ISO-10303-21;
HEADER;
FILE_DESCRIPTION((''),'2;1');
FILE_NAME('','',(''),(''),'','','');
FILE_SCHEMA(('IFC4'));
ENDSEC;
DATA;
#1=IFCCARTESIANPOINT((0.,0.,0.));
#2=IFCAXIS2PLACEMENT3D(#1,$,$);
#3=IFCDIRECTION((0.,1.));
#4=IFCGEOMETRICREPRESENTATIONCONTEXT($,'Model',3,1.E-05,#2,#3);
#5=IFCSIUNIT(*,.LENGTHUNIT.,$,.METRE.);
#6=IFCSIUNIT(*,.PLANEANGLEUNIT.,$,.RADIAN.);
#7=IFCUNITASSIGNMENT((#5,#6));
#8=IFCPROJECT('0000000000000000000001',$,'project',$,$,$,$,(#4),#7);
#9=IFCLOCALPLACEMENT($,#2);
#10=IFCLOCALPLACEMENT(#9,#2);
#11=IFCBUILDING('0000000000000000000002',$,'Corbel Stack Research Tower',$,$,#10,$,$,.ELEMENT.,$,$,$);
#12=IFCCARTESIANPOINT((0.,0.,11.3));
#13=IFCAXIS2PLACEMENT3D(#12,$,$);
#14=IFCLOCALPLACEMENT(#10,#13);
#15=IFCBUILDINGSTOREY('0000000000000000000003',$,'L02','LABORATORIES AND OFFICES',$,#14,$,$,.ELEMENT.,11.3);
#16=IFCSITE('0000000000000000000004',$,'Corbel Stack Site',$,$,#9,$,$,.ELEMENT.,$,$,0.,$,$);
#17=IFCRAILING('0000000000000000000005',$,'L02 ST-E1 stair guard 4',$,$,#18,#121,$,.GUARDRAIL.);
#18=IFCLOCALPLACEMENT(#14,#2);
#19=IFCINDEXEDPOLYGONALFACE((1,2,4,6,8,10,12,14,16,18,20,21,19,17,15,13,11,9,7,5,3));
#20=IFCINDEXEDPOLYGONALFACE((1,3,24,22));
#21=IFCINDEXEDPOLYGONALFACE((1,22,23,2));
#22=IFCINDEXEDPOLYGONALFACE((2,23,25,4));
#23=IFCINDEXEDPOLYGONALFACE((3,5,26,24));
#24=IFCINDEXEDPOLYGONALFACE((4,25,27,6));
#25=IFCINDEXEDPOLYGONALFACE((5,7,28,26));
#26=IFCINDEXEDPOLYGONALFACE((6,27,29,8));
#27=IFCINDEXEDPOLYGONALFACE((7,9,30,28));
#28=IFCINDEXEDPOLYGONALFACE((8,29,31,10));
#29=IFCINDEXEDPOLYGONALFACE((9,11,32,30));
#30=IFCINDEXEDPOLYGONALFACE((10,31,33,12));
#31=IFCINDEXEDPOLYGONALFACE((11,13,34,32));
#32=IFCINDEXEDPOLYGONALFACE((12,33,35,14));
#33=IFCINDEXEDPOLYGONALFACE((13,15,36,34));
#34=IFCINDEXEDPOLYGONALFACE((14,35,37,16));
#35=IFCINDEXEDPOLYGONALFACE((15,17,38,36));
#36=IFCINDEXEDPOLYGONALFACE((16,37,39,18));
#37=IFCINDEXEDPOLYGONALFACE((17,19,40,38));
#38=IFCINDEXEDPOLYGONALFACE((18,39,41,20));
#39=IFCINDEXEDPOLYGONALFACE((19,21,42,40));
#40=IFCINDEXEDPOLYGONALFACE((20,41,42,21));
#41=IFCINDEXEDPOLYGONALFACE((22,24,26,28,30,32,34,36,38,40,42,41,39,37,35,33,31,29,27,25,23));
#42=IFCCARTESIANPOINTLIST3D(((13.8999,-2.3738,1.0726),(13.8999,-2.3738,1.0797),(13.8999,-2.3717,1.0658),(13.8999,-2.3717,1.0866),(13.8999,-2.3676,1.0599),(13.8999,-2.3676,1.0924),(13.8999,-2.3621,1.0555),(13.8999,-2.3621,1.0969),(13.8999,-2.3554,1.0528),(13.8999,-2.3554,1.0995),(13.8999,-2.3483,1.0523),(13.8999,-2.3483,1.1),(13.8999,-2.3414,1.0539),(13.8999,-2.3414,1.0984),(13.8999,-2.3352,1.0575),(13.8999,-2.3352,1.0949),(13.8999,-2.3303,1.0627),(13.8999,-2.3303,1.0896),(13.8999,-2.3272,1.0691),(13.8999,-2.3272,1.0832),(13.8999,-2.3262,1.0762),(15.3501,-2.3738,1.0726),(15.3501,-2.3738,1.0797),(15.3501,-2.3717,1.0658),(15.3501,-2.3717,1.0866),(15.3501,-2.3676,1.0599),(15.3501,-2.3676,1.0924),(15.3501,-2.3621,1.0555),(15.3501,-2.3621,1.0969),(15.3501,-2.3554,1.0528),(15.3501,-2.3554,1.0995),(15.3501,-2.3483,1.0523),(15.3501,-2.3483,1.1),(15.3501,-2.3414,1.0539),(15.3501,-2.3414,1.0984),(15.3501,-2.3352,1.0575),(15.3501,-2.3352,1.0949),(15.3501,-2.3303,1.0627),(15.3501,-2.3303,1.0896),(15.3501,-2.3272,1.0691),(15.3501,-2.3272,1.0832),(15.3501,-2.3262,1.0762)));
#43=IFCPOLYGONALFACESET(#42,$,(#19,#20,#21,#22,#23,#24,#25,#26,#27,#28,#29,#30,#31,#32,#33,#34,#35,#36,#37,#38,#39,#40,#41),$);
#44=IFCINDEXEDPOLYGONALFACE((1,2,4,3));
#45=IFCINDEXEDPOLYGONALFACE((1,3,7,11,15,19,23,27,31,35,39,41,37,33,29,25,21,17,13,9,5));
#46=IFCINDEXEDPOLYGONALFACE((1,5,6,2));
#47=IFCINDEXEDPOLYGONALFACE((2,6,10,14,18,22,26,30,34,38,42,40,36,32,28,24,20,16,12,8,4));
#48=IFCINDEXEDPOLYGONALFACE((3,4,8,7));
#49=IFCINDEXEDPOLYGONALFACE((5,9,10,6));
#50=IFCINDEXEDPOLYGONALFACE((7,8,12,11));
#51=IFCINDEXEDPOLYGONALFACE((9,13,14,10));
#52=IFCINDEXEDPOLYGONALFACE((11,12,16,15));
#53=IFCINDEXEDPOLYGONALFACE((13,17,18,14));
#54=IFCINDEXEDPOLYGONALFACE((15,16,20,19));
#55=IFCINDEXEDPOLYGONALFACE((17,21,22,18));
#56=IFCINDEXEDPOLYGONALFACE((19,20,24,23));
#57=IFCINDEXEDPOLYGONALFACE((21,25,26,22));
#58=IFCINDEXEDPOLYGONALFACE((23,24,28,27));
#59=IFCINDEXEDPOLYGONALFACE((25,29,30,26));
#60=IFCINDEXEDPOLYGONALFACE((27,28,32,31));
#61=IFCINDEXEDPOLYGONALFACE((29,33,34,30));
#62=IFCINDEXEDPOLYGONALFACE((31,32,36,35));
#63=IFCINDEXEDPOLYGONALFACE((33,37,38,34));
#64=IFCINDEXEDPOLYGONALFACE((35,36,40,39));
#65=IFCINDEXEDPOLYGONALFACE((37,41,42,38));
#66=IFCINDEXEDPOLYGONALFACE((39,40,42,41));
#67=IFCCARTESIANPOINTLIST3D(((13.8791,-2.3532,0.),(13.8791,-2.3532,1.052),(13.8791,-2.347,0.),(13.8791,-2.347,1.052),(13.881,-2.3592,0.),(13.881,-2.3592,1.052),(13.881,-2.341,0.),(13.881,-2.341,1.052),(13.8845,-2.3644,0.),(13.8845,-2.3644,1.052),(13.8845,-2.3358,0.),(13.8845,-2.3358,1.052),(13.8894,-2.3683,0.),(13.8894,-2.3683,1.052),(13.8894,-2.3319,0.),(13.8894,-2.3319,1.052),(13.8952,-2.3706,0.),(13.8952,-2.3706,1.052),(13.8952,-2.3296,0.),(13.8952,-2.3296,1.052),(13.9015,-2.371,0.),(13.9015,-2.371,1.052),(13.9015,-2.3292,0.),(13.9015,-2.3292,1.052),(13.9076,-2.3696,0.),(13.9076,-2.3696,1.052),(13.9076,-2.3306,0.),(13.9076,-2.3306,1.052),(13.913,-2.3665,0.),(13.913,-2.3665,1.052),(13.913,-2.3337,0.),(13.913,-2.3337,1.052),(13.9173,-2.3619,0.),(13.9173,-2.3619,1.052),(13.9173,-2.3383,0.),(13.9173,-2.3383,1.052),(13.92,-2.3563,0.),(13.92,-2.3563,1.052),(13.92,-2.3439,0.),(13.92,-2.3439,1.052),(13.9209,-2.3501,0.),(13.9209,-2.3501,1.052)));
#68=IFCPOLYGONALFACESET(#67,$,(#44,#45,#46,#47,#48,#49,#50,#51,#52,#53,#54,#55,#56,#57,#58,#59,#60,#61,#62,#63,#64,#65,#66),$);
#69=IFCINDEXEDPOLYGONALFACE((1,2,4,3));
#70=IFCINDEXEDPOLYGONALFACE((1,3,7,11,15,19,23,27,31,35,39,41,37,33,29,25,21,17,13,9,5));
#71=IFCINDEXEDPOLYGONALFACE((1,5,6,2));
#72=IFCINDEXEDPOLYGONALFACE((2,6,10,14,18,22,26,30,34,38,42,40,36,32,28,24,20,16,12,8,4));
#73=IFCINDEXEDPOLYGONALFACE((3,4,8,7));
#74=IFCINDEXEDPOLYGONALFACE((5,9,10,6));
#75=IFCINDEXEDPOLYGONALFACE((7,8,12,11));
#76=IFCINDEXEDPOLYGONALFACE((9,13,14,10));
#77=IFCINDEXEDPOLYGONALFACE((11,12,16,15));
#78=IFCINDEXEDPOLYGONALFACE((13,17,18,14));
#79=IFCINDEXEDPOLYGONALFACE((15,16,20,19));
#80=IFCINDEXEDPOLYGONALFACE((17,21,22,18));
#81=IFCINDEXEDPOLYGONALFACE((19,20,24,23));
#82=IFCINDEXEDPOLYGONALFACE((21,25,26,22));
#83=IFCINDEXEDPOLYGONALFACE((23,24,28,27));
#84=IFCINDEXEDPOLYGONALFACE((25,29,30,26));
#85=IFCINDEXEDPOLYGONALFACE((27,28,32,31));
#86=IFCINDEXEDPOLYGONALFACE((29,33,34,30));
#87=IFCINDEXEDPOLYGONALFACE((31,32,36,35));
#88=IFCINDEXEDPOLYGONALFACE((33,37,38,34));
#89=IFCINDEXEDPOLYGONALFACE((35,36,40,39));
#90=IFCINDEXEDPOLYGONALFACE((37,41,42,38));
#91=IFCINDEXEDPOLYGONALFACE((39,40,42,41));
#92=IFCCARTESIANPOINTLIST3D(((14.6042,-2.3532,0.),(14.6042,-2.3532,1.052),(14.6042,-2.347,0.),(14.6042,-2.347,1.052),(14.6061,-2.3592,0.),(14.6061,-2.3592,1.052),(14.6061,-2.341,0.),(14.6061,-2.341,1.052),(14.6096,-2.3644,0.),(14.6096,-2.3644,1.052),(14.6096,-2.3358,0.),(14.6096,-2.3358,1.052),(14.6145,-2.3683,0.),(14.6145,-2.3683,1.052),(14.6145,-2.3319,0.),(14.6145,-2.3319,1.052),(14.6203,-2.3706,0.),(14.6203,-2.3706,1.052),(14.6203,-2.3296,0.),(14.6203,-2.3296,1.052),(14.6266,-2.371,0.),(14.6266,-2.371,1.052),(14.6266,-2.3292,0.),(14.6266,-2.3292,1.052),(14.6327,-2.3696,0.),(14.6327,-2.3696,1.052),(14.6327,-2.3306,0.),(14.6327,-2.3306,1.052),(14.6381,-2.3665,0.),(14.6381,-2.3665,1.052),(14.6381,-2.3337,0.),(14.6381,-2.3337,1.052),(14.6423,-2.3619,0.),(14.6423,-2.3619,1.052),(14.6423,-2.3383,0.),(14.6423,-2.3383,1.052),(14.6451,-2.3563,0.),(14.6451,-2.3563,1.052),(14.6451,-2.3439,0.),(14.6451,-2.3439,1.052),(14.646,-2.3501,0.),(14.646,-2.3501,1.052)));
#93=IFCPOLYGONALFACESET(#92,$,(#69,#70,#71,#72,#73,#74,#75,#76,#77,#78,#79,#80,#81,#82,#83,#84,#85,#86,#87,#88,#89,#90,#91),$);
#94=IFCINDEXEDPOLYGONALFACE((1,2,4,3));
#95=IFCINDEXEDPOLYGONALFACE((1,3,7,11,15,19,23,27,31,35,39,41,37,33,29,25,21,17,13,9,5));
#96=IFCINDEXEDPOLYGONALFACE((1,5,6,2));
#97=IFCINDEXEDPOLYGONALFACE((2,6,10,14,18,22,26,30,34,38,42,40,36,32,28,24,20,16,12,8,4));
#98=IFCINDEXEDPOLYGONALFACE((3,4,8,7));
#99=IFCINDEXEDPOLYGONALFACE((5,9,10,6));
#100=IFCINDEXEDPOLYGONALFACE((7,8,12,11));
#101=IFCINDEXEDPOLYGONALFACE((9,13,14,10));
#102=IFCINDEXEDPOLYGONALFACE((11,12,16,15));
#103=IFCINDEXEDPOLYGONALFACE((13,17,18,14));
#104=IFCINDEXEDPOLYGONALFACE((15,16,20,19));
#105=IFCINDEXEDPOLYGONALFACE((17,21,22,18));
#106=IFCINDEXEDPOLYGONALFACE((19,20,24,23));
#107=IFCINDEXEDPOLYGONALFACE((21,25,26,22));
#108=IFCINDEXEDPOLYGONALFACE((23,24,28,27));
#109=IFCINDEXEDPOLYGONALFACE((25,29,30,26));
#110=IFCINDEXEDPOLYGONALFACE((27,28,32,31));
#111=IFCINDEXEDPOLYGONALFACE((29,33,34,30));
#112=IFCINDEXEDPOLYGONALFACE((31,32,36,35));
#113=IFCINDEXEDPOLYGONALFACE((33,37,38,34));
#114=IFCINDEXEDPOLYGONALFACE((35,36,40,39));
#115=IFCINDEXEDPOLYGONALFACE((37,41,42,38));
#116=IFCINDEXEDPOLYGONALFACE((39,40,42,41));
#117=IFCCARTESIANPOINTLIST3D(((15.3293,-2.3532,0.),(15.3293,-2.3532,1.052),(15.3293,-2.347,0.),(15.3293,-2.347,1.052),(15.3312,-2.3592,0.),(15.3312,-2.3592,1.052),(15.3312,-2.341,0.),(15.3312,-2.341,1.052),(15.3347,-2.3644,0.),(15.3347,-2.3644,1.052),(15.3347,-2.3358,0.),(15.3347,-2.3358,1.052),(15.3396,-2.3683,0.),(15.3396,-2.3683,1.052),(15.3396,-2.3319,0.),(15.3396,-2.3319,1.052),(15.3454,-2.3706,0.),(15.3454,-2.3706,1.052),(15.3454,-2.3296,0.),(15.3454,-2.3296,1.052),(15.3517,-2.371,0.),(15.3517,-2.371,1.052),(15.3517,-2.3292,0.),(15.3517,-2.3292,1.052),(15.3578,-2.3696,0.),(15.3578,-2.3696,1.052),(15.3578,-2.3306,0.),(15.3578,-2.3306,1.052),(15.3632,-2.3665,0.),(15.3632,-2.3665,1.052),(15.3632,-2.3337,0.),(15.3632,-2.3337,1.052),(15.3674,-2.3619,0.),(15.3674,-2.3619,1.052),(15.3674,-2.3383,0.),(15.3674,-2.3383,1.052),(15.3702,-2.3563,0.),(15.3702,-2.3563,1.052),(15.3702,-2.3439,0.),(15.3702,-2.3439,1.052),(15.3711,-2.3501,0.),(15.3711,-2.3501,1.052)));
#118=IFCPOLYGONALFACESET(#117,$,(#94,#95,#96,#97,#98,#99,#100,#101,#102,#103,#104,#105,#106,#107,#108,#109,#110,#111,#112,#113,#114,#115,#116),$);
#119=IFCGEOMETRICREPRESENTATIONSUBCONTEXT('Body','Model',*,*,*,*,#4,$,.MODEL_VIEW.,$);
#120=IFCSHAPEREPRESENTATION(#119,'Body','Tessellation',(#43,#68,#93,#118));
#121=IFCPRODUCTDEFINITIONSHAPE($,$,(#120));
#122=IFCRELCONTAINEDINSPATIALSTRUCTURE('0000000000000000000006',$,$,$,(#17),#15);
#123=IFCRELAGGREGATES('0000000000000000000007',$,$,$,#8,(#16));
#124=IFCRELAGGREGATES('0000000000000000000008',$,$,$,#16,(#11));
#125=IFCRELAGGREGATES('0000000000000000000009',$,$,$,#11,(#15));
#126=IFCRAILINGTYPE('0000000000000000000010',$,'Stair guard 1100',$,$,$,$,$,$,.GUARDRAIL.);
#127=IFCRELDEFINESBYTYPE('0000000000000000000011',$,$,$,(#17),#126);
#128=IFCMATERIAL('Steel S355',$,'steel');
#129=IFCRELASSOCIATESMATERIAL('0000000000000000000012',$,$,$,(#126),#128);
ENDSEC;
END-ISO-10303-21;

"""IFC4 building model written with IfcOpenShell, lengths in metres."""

from ifc_helpers import new_model, si_unit, direction, frame, origin, origin_2d, place, context, subcontext, project, spatial, circle, extrude, material, type_object, element, save


model = new_model("IFC4")

# Units and contexts
model_context = context("Model", 3, precision=1e-05, world=origin(), true_north=direction((0.0, 1.0)))
body_context = subcontext(model_context, "Body", "Model", "MODEL_VIEW")
ifc_project = project(units=[si_unit("LENGTHUNIT", "METRE"), si_unit("PLANEANGLEUNIT", "RADIAN")], contexts=[model_context])

# Site, building, storey
site_placement = place(None, origin())
site = spatial("IfcSite", under=ifc_project, at=site_placement, Name="Corbel Stack Site", CompositionType="ELEMENT", RefElevation=0.0)
building_placement = place(site_placement, origin())
building = spatial("IfcBuilding", under=site, at=building_placement, Name="Corbel Stack Research Tower", CompositionType="ELEMENT")
storey_placement = place(building_placement, frame((0.0, 0.0, 11.3)))
storey = spatial("IfcBuildingStorey", under=building, at=storey_placement, Name="L02", Description="LABORATORIES AND OFFICES", CompositionType="ELEMENT", Elevation=11.3)

# Railing
ifc_material_1 = material(Name="Steel S355", Category="steel")
railing_type_1 = type_object("IfcRailingType", Name="Stair guard 1100", PredefinedType="GUARDRAIL", material=ifc_material_1)
railing_1_placement = place(storey_placement, frame((13.8999, -2.3501, 0.0)))
element("IfcRailing", 1, at=railing_1_placement, inside=storey, type_object=railing_type_1, Name="L02 ST-E1 stair guard 4", PredefinedType="GUARDRAIL", context=body_context, shape_type="SweptSolid", body=[
    extrude(circle(Radius=0.0239, at=origin_2d()), frame((0.0, 0.0, 1.0762), z_axis=(1.0, 0.0, 0.0), x_axis=(0.0, 1.0, 0.0)), (0.0, 0.0, 1.0), 1.4502),
    extrude(circle(Radius=0.021, at=origin_2d()), origin(), (0.0, 0.0, 1.0), 1.052),
    extrude(circle(Radius=0.021, at=origin_2d()), frame((0.7251, 0.0, 0.0)), (0.0, 0.0, 1.0), 1.052),
    extrude(circle(Radius=0.021, at=origin_2d()), frame((1.4502, 0.0, 0.0)), (0.0, 0.0, 1.0), 1.052),
])

save(model, "model.ifc")
